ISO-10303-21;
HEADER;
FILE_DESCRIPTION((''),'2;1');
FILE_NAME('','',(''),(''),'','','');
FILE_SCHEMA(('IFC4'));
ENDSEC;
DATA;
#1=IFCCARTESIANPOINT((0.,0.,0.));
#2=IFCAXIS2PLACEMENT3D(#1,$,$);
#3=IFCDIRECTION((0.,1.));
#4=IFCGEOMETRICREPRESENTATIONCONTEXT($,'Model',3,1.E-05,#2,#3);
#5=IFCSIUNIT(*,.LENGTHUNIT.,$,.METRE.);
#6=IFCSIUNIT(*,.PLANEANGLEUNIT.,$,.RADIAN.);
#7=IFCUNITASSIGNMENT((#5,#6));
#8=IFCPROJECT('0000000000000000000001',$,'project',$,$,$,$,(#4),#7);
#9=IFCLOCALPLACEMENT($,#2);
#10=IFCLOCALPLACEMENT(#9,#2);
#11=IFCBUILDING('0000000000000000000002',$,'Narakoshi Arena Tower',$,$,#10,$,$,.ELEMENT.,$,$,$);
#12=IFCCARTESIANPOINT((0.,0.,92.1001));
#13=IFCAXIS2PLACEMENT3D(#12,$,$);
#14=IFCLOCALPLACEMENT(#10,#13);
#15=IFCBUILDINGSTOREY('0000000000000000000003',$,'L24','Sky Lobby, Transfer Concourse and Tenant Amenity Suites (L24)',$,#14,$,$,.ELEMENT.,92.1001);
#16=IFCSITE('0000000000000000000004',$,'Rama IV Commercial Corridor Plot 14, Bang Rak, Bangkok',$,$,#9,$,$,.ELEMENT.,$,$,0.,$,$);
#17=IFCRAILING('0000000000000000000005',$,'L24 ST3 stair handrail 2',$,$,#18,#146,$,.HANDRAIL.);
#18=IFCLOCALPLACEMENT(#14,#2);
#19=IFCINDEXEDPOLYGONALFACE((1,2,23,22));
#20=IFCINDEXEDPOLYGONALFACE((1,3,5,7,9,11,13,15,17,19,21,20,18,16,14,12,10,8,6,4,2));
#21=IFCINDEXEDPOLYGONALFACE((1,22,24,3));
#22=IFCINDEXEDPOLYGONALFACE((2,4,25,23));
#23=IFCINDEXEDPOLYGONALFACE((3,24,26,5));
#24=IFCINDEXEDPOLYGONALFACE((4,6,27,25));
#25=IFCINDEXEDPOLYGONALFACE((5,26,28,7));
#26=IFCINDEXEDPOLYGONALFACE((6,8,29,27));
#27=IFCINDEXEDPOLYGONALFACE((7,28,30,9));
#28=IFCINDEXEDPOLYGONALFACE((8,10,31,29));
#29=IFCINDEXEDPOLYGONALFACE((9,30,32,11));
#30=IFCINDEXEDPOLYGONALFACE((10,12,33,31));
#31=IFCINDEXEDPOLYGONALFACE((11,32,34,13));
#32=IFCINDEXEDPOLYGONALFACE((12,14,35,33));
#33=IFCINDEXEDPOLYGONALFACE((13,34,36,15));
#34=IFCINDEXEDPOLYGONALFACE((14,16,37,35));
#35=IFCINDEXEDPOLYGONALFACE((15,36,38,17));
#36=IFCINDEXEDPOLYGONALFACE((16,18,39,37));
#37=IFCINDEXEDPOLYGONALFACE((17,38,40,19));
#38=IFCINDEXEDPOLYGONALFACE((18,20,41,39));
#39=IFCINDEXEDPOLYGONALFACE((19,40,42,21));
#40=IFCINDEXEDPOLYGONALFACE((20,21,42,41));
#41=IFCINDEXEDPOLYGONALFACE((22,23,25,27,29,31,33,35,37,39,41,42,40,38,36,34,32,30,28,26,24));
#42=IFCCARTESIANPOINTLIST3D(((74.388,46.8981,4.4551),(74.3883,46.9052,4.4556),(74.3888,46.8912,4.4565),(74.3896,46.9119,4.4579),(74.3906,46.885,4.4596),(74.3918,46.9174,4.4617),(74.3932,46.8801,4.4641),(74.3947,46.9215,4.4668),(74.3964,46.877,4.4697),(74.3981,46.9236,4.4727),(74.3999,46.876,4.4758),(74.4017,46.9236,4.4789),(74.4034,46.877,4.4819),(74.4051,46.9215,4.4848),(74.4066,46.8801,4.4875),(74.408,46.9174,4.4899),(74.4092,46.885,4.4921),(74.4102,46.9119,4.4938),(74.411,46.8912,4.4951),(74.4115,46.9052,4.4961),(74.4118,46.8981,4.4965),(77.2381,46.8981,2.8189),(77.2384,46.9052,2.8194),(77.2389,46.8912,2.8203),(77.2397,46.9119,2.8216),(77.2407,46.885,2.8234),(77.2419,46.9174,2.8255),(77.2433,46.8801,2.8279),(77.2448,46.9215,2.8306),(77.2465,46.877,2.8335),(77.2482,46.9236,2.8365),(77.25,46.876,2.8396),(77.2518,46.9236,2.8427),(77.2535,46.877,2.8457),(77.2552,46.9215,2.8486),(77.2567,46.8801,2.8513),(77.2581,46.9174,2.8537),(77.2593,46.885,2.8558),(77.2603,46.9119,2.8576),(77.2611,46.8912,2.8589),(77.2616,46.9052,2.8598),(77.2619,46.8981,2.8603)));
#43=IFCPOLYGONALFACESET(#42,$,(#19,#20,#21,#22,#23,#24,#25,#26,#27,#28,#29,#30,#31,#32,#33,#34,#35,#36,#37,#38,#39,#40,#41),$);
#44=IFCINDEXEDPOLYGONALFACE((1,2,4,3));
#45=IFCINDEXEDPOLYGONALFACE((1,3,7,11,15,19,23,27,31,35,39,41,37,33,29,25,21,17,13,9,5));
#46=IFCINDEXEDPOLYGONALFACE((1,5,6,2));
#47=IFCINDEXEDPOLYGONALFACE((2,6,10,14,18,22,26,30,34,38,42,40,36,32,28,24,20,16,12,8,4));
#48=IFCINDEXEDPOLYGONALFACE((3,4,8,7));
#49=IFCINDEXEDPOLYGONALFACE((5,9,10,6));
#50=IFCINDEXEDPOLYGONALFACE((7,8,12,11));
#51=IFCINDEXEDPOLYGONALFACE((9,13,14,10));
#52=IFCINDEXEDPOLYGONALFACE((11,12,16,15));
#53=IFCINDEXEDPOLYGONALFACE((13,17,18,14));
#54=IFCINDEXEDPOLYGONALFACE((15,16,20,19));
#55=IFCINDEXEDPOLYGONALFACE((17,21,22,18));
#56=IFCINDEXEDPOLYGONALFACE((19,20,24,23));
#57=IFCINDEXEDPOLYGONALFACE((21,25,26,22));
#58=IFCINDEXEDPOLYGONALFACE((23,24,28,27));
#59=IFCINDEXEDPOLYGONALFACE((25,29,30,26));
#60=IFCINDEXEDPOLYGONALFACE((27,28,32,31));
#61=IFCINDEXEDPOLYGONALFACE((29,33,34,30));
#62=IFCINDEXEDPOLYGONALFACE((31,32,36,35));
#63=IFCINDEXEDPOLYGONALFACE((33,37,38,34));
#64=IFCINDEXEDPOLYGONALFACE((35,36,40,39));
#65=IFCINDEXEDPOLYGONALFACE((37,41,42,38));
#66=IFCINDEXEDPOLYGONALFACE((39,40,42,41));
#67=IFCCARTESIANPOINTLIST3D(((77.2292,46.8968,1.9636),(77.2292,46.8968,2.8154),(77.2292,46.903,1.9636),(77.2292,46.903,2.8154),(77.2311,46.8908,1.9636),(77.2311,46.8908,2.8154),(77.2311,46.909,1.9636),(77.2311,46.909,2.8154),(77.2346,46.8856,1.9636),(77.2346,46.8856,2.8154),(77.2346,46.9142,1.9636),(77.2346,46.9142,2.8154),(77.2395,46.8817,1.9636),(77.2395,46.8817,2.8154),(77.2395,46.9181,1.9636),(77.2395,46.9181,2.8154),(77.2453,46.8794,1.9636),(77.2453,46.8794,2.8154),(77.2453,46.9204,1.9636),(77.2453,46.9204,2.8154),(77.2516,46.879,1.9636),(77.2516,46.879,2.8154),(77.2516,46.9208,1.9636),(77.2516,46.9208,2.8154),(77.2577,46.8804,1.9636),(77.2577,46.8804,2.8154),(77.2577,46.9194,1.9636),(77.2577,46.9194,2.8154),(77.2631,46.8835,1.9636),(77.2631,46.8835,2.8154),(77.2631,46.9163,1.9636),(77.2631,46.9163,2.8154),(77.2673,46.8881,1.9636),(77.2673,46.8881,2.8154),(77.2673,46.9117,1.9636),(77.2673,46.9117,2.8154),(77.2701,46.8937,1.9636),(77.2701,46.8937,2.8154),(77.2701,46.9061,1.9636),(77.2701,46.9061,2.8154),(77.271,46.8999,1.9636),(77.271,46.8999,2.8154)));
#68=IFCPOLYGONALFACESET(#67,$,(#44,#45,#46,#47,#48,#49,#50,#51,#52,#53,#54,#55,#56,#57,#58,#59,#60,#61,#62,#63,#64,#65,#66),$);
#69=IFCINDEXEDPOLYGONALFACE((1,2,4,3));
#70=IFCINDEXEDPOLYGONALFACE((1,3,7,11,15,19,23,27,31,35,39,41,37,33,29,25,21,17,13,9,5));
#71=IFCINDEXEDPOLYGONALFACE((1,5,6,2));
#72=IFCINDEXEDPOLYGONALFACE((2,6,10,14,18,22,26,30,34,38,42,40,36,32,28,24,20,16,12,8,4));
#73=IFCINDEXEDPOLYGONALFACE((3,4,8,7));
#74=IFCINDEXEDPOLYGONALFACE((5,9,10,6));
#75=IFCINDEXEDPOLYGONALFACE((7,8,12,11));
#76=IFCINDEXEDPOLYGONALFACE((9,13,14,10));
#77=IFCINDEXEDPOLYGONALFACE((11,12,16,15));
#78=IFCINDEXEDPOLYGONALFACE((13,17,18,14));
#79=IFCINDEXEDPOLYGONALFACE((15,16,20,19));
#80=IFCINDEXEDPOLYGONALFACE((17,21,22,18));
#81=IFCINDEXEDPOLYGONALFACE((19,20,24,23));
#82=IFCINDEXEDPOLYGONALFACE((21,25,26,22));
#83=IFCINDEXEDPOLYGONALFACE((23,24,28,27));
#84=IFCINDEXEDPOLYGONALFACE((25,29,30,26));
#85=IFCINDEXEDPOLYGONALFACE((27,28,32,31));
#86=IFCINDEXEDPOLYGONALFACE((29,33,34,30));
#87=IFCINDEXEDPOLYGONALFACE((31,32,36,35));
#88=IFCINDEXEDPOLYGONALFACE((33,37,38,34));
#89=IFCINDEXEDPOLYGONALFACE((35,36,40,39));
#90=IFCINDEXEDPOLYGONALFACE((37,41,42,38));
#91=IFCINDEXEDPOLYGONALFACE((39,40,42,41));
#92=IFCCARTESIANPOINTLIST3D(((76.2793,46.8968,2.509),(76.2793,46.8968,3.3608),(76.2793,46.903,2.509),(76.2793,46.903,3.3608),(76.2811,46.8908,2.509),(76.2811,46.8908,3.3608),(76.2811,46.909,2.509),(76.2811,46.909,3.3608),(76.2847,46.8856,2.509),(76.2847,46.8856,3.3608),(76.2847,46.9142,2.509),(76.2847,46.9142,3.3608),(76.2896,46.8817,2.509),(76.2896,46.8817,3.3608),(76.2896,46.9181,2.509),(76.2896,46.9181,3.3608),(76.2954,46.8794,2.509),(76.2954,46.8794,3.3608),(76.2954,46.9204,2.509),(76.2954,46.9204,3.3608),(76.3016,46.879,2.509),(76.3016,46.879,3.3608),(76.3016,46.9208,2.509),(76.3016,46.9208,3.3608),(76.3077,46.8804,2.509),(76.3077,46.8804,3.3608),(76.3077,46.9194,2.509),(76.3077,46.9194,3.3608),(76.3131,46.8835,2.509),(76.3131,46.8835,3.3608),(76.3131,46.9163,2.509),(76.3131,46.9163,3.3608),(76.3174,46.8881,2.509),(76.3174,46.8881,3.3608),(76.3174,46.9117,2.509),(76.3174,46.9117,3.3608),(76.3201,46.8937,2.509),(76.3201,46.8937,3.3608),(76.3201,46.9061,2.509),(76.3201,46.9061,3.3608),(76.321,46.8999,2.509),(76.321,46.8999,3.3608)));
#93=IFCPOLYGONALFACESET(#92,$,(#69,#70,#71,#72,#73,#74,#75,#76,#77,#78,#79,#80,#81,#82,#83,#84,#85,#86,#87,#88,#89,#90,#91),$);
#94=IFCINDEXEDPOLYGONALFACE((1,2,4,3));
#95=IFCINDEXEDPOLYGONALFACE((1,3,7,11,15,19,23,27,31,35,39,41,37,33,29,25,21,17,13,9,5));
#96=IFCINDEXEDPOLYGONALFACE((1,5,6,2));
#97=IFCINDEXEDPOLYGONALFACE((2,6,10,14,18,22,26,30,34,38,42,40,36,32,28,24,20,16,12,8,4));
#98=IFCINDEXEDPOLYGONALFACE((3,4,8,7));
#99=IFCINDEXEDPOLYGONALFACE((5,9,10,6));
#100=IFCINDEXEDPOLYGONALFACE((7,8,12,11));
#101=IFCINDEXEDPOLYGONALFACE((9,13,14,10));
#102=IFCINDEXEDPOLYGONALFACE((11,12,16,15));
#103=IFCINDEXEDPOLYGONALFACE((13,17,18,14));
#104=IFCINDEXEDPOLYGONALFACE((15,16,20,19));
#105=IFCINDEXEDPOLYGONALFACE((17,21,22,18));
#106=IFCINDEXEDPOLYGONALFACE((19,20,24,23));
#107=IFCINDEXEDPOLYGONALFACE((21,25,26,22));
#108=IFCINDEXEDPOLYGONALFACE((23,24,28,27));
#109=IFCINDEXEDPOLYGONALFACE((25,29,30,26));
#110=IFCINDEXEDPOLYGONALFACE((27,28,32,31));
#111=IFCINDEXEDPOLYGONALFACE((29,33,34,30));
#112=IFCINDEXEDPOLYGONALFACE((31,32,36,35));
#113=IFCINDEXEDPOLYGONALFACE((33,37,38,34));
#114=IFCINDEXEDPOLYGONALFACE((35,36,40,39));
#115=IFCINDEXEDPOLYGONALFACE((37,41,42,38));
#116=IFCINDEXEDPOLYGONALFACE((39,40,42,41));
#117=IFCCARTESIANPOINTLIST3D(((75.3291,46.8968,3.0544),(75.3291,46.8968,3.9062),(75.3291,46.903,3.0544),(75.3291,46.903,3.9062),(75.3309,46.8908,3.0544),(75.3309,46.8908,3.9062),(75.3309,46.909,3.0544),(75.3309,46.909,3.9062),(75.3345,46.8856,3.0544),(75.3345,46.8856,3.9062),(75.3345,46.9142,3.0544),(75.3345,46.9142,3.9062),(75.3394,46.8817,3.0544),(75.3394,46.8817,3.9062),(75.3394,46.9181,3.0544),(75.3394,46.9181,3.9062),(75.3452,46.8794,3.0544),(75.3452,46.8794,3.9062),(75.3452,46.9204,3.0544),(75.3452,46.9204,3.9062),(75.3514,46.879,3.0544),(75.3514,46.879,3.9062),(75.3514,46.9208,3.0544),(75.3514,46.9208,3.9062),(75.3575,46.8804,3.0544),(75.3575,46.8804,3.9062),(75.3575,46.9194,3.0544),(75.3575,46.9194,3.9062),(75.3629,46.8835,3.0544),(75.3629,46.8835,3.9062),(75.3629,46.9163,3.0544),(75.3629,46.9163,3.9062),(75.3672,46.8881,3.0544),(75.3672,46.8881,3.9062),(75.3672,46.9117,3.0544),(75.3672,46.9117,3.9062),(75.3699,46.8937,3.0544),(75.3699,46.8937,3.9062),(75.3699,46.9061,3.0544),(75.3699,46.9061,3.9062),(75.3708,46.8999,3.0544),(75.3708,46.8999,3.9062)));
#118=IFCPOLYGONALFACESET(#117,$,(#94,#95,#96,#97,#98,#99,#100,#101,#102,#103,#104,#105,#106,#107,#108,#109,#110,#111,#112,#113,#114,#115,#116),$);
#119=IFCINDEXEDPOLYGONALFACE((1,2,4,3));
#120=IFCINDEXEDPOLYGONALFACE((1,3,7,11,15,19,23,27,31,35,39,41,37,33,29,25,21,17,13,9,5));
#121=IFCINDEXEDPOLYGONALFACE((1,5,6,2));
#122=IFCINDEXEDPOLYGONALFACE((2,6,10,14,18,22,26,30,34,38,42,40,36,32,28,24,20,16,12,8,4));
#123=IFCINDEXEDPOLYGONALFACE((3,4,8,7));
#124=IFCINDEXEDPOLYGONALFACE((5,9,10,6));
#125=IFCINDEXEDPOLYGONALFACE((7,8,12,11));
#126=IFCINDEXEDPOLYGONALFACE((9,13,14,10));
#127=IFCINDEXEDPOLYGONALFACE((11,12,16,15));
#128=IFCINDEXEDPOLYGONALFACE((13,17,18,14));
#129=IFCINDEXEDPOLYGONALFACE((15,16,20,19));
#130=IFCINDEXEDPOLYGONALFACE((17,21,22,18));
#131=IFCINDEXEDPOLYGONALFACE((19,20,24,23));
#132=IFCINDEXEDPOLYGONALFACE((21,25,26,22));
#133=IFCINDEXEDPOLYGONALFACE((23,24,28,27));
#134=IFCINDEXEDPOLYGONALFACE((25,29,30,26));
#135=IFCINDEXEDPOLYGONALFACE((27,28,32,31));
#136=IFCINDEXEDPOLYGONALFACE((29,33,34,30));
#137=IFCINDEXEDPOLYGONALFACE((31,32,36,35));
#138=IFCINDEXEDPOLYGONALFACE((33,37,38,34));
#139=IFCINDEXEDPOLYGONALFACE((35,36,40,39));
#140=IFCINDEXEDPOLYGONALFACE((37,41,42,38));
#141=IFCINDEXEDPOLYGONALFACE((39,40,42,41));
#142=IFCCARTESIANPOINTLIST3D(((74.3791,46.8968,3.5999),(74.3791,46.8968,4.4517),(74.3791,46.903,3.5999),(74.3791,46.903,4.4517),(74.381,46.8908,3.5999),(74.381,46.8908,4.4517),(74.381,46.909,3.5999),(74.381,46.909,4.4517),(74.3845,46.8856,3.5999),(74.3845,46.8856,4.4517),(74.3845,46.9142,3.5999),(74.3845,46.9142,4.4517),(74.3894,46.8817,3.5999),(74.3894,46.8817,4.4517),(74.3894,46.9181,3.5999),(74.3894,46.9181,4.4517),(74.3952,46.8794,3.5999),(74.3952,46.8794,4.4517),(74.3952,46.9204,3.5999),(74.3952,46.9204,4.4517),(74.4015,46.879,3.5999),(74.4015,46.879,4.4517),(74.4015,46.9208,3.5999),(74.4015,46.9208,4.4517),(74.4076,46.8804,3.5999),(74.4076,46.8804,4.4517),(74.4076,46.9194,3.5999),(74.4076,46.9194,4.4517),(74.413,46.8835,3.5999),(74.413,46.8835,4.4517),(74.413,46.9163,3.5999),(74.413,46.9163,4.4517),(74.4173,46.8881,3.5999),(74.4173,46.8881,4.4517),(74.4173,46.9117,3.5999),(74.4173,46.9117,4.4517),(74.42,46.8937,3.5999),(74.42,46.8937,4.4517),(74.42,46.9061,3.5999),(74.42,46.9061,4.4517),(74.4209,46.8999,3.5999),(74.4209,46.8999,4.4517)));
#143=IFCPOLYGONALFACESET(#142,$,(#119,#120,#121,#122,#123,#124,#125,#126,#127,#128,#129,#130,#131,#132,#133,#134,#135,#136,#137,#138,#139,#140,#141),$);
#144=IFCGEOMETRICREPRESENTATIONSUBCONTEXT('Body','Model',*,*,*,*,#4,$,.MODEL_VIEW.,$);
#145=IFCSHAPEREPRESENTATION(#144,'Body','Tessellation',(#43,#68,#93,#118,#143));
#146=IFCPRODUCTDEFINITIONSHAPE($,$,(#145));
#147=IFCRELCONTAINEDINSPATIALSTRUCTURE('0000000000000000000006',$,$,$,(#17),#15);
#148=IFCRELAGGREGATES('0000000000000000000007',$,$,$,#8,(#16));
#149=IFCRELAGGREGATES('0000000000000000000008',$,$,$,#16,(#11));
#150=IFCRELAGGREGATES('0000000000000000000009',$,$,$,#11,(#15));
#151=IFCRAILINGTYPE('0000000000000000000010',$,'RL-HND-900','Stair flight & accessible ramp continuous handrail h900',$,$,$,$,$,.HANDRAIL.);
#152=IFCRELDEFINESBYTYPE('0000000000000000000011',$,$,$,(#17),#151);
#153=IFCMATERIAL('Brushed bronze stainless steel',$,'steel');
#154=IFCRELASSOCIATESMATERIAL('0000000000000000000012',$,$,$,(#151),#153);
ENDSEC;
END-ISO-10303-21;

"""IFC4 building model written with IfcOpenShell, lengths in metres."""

from ifc_helpers import new_model, si_unit, direction, frame, origin, origin_2d, place, context, subcontext, project, spatial, circle, extrude, material, type_object, element, save


model = new_model("IFC4")

# Units and contexts
model_context = context("Model", 3, precision=1e-05, world=origin(), true_north=direction((0.0, 1.0)))
body_context = subcontext(model_context, "Body", "Model", "MODEL_VIEW")
ifc_project = project(units=[si_unit("LENGTHUNIT", "METRE"), si_unit("PLANEANGLEUNIT", "RADIAN")], contexts=[model_context])

# Site, building, storey
site_placement = place(None, origin())
site = spatial("IfcSite", under=ifc_project, at=site_placement, Name="Rama IV Commercial Corridor Plot 14, Bang Rak, Bangkok", CompositionType="ELEMENT", RefElevation=0.0)
building_placement = place(site_placement, origin())
building = spatial("IfcBuilding", under=site, at=building_placement, Name="Narakoshi Arena Tower", CompositionType="ELEMENT")
storey_placement = place(building_placement, frame((0.0, 0.0, 92.1001)))
storey = spatial("IfcBuildingStorey", under=building, at=storey_placement, Name="L24", Description="Sky Lobby, Transfer Concourse and Tenant Amenity Suites (L24)", CompositionType="ELEMENT", Elevation=92.1001)

# Shared definitions
ifc_material_1 = material(Name="Brushed bronze stainless steel", Category="steel")

# Railing
railing_type_1 = type_object("IfcRailingType", Name="RL-HND-900", Description="Stair flight & accessible ramp continuous handrail h900", PredefinedType="HANDRAIL", material=ifc_material_1)
railing_1_placement = place(storey_placement, frame((77.25, 46.8999, 1.9636)))
element("IfcRailing", 1, at=railing_1_placement, inside=storey, type_object=railing_type_1, Name="L24 ST3 stair handrail 2", PredefinedType="HANDRAIL", context=body_context, shape_type="SweptSolid", body=[
    extrude(circle(Radius=0.0239, at=origin_2d()), frame((0.0, 0.0, 0.876), z_axis=(-0.867245, 0.0, 0.497882), x_axis=(0.0, -1.0, 0.0)), (0.0, 0.0, 1.0), 3.2864),
    extrude(circle(Radius=0.021, at=origin_2d()), origin(), (0.0, 0.0, 1.0), 0.8518),
    extrude(circle(Radius=0.021, at=origin_2d()), frame((-0.95, 0.0, 0.5454)), (0.0, 0.0, 1.0), 0.8518),
    extrude(circle(Radius=0.021, at=origin_2d()), frame((-1.9001, 0.0, 1.0908)), (0.0, 0.0, 1.0), 0.8518),
    extrude(circle(Radius=0.021, at=origin_2d()), frame((-2.8501, 0.0, 1.6362)), (0.0, 0.0, 1.0), 0.8518),
])

save(model, "model.ifc")
